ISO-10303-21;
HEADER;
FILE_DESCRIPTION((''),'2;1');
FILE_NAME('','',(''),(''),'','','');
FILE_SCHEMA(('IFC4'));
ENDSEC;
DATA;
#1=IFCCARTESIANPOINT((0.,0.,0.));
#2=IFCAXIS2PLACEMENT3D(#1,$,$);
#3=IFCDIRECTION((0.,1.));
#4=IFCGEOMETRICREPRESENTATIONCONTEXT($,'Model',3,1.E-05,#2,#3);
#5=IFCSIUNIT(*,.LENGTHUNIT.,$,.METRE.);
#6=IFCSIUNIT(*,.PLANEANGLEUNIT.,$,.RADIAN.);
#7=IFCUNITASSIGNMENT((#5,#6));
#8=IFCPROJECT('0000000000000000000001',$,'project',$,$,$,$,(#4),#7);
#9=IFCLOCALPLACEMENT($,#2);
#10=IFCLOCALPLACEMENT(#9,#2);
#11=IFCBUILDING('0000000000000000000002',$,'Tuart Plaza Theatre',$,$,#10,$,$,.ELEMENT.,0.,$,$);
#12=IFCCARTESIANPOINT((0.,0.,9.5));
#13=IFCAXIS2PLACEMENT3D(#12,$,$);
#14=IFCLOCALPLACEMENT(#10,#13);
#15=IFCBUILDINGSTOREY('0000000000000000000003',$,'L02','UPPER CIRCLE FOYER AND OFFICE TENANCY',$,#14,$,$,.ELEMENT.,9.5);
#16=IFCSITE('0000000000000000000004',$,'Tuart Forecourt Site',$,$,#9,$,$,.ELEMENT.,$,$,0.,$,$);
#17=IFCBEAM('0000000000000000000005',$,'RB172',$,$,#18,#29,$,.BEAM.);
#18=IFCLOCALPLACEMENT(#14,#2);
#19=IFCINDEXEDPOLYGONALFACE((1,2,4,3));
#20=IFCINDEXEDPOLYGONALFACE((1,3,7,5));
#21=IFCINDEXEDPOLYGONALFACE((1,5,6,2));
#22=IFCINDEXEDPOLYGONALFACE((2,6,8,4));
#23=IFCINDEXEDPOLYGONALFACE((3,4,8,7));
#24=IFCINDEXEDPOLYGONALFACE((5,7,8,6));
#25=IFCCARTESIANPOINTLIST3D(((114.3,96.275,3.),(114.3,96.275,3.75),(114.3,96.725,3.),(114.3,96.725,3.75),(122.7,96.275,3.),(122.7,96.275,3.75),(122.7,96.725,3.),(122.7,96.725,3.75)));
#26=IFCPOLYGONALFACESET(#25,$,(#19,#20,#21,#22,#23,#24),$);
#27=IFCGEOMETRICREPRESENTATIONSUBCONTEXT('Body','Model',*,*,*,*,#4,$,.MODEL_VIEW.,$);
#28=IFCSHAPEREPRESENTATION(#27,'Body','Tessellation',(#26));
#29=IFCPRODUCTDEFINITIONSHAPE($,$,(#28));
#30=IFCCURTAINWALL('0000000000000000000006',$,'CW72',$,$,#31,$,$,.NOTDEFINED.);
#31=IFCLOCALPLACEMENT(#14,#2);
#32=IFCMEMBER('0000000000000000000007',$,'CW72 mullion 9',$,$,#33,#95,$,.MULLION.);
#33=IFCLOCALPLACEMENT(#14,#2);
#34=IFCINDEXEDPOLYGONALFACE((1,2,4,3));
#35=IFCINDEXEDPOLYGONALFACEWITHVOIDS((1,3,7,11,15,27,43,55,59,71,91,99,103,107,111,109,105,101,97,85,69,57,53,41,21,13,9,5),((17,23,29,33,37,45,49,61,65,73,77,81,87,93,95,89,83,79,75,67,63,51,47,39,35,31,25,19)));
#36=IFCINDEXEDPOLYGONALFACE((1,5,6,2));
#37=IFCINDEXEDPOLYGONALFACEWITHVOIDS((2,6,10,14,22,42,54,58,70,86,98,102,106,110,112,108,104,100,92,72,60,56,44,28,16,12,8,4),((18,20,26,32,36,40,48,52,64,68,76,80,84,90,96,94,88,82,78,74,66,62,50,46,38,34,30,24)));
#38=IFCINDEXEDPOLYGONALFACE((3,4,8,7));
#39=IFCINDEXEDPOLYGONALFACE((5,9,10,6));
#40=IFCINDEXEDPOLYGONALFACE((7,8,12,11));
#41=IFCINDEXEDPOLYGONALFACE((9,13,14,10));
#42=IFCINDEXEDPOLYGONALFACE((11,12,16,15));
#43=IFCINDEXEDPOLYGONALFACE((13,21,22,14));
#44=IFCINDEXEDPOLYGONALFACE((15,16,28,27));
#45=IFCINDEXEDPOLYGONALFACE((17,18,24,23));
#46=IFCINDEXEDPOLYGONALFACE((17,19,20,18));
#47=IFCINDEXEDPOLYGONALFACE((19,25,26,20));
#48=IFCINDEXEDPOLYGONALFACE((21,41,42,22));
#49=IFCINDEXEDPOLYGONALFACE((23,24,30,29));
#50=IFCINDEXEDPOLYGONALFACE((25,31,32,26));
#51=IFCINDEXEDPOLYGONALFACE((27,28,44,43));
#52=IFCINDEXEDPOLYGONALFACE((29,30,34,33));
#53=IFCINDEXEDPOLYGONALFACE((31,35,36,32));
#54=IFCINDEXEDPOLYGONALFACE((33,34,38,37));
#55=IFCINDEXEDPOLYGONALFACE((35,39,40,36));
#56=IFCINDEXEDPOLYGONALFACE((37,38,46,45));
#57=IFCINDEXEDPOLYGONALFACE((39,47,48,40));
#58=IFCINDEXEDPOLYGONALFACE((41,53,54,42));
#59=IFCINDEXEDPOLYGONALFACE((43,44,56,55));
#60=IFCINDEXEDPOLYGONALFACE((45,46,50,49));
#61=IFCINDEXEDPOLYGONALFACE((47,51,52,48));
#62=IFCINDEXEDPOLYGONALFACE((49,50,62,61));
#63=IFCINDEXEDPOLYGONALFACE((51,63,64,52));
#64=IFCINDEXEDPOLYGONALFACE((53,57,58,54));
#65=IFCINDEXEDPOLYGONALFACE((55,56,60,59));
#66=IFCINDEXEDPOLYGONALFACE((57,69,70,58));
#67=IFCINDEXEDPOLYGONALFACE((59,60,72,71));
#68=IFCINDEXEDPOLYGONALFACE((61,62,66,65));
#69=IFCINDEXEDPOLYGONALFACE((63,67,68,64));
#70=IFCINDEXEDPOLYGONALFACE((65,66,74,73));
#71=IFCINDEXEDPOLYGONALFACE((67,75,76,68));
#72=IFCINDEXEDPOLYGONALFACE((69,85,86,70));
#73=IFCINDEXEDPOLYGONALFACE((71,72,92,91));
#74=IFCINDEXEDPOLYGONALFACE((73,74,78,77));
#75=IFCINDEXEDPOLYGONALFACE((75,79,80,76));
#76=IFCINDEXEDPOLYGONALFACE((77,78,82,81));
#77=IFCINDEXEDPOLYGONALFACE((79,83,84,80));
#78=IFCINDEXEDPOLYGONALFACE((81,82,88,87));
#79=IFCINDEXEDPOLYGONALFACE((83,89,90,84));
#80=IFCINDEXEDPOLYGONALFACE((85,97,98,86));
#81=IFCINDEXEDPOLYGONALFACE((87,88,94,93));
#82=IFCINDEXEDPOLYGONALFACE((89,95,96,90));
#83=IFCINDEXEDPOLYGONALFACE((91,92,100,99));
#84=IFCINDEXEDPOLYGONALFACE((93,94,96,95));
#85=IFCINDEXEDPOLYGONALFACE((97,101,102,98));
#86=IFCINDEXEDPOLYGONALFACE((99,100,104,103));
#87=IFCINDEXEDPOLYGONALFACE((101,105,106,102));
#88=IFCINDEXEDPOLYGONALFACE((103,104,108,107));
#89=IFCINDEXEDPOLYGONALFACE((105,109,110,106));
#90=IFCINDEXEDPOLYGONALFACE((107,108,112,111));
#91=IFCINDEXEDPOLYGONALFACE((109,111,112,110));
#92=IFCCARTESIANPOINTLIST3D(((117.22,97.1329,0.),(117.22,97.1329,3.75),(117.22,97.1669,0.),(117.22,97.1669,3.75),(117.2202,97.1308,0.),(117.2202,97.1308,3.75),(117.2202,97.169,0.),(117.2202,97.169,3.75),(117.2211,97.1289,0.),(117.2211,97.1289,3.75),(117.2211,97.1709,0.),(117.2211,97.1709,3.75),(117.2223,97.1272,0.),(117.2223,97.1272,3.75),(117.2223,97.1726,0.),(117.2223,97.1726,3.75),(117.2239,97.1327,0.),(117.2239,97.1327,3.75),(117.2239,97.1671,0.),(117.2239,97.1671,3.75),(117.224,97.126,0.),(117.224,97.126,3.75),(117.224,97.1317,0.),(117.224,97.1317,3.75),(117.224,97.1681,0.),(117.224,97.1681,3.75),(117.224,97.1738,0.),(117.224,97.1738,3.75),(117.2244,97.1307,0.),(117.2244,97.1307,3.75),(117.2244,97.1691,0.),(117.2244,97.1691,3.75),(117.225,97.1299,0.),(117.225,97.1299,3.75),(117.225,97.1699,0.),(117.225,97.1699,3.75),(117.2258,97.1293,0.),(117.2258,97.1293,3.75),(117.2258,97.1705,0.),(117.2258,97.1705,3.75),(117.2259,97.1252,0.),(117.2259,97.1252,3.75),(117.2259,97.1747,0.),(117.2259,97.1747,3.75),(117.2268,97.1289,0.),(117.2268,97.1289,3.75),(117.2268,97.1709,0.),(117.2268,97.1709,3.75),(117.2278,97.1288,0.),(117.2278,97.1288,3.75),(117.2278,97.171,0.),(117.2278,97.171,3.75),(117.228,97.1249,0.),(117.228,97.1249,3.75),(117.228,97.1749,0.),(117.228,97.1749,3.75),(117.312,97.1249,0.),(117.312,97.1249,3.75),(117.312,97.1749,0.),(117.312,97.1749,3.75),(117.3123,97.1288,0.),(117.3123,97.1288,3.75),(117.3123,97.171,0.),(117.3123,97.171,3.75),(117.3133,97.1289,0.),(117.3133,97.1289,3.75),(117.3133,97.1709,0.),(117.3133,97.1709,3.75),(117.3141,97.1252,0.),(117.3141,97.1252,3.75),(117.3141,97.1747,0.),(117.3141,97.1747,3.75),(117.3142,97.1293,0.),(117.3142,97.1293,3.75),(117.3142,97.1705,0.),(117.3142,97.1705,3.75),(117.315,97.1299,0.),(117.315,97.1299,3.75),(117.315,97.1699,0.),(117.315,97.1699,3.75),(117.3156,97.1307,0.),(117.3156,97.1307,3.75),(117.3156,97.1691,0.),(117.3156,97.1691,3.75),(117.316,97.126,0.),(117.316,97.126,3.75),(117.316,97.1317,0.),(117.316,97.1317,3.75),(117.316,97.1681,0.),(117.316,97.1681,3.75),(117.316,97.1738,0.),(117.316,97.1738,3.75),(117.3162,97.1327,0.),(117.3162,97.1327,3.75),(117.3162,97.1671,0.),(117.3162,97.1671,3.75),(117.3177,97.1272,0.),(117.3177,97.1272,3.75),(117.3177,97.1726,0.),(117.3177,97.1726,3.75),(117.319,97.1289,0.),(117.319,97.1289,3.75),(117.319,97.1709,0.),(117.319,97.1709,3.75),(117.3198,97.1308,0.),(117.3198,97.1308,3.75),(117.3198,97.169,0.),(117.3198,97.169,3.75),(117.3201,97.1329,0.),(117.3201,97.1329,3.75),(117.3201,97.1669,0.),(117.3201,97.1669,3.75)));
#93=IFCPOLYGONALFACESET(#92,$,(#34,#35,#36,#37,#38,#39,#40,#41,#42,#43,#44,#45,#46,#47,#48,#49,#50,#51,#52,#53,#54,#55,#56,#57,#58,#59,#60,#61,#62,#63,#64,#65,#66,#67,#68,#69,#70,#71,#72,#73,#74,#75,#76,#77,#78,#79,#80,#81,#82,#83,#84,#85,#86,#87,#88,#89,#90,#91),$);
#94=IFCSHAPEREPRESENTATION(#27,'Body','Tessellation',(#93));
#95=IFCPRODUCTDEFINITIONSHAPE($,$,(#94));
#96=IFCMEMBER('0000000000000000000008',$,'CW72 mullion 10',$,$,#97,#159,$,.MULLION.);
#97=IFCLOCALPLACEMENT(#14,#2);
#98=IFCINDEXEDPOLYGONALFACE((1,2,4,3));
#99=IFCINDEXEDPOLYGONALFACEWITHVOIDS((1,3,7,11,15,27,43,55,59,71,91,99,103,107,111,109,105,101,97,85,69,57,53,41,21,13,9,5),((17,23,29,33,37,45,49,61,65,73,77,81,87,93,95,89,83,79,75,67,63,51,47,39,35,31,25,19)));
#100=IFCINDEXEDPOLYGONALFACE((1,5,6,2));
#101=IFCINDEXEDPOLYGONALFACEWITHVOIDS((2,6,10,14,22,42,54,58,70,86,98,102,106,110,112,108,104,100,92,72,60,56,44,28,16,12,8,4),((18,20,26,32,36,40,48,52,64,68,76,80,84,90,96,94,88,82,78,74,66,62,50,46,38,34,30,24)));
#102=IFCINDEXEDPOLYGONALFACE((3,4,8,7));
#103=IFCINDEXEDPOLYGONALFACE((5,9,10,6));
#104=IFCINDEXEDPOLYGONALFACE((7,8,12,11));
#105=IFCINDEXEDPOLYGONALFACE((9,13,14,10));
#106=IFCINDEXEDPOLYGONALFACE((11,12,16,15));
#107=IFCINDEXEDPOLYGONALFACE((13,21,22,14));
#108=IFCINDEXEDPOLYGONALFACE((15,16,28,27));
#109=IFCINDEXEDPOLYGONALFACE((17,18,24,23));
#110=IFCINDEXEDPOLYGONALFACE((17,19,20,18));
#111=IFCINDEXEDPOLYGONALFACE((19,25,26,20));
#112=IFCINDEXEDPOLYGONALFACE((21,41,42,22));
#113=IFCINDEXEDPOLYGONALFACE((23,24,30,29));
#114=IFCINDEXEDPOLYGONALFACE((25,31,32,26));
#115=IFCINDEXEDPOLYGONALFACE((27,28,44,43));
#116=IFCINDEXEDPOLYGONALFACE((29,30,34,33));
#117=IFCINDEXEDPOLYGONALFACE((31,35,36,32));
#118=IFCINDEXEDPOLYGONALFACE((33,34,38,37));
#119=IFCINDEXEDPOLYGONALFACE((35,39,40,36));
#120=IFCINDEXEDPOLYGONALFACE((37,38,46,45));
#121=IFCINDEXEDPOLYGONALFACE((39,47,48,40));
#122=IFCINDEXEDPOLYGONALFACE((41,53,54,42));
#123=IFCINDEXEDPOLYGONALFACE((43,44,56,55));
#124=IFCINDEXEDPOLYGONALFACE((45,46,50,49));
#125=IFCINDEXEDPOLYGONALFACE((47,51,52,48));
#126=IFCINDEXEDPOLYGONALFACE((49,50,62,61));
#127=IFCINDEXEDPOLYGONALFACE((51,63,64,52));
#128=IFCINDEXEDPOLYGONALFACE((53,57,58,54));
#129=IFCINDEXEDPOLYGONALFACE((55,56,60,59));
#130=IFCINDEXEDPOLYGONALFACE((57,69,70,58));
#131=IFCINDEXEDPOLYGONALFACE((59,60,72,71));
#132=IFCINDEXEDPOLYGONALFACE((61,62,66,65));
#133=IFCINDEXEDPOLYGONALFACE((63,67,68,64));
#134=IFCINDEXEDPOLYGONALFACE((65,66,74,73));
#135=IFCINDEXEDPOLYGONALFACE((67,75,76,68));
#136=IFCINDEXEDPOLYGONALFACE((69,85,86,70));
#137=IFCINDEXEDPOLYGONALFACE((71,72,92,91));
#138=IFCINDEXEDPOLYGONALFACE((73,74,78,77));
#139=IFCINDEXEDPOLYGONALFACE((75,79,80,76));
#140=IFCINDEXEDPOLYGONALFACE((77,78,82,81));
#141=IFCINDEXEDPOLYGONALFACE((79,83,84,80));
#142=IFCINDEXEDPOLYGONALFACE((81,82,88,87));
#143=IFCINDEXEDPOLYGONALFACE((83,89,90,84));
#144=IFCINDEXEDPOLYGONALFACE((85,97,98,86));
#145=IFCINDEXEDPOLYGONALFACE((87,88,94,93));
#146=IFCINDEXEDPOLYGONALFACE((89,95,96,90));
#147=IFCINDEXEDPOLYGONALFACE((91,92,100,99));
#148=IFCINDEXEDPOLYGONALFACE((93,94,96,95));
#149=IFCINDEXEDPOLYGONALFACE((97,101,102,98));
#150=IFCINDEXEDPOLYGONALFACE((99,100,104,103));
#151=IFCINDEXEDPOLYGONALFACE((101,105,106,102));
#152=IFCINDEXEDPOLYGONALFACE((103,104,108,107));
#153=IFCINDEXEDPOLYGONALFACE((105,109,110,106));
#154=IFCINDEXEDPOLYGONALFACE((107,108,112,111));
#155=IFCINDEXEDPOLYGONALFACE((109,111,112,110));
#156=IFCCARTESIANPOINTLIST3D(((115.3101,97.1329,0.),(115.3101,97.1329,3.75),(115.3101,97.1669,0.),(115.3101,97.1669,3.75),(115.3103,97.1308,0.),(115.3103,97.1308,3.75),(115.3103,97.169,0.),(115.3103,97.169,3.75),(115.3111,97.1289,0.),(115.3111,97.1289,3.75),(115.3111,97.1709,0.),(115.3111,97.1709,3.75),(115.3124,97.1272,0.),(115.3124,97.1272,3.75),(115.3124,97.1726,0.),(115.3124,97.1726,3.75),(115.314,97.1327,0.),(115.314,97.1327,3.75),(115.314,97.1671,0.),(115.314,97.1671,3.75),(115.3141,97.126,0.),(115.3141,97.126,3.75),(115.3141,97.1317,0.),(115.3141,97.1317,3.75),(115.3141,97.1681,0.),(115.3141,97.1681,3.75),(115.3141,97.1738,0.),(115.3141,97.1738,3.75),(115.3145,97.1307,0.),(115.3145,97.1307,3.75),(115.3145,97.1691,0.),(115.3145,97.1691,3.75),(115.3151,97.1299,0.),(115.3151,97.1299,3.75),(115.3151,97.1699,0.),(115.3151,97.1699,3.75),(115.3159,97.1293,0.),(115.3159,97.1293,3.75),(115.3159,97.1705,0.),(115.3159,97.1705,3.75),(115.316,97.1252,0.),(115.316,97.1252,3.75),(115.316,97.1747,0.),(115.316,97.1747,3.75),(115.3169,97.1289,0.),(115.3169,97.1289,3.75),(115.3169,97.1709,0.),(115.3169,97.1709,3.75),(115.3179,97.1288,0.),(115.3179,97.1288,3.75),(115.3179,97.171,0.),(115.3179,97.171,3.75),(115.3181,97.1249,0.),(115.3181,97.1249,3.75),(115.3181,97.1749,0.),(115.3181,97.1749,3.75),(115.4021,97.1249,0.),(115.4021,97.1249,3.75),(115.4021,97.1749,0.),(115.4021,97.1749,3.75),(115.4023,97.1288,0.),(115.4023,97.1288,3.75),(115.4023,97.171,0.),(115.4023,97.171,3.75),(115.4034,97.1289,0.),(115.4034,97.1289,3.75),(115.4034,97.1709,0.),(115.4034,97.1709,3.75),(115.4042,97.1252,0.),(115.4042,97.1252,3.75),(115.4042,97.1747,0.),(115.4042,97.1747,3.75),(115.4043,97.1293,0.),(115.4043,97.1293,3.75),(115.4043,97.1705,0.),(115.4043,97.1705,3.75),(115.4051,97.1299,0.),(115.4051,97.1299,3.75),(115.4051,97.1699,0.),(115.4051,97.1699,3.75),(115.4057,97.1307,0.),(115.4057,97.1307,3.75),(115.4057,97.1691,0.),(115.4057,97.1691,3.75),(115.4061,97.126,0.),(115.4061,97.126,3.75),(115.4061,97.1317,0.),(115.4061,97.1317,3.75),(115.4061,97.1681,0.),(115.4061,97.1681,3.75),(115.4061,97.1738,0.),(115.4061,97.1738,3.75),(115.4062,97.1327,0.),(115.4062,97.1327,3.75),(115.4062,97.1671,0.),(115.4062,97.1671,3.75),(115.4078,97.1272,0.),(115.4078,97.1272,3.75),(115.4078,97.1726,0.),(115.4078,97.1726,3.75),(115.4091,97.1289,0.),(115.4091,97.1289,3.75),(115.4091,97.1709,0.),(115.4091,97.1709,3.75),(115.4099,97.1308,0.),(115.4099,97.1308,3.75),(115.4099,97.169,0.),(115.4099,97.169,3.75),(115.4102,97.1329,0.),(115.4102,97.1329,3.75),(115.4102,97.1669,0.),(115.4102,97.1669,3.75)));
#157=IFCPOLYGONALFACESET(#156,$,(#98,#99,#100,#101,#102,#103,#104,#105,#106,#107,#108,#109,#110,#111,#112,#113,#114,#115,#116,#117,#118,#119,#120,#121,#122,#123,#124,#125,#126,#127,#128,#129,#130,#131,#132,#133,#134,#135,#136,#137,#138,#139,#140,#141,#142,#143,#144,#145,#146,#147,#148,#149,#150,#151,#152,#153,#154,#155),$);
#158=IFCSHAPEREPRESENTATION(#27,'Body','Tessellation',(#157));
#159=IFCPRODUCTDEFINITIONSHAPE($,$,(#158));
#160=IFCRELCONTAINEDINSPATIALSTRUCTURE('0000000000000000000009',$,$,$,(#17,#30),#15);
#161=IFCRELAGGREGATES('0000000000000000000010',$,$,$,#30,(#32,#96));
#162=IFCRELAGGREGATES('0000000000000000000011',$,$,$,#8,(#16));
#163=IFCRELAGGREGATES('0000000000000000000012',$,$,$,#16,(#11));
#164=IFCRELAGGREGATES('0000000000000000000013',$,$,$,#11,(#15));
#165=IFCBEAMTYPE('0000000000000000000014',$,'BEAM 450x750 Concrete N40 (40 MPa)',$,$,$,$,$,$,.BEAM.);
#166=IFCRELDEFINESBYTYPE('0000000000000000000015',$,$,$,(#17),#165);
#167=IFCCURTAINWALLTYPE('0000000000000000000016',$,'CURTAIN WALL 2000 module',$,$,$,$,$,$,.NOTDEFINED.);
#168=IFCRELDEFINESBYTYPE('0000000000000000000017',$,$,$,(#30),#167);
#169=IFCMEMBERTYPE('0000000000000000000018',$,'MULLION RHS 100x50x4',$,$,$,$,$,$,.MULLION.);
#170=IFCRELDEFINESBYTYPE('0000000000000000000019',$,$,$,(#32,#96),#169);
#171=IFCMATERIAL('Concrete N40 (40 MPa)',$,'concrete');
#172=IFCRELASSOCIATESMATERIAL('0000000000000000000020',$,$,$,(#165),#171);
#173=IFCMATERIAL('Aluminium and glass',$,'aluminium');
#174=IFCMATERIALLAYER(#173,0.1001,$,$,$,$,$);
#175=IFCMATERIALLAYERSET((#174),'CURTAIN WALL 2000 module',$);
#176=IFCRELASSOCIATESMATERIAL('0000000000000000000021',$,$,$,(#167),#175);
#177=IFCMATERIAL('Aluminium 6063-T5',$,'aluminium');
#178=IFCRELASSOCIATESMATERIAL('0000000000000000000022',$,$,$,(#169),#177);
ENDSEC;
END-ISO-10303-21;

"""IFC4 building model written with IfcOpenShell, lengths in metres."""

from ifc_helpers import new_model, si_unit, direction, frame, origin, origin_2d, place, context, subcontext, project, spatial, rectangle, hollow_rectangle, extrude, material, layer, layer_set, material_profile, profile_set, type_object, element, aggregate, save


model = new_model("IFC4")

# Units and contexts
model_context = context("Model", 3, precision=1e-05, world=origin(), true_north=direction((0.0, 1.0)))
body_context = subcontext(model_context, "Body", "Model", "MODEL_VIEW")
ifc_project = project(units=[si_unit("LENGTHUNIT", "METRE"), si_unit("PLANEANGLEUNIT", "RADIAN")], contexts=[model_context])

# Site, building, storey
site_placement = place(None, origin())
site = spatial("IfcSite", under=ifc_project, at=site_placement, Name="Tuart Forecourt Site", CompositionType="ELEMENT", RefElevation=0.0)
building_placement = place(site_placement, origin())
building = spatial("IfcBuilding", under=site, at=building_placement, Name="Tuart Plaza Theatre", CompositionType="ELEMENT", ElevationOfRefHeight=0.0)
storey_placement = place(building_placement, frame((0.0, 0.0, 9.5)))
storey = spatial("IfcBuildingStorey", under=building, at=storey_placement, Name="L02", Description="UPPER CIRCLE FOYER AND OFFICE TENANCY", CompositionType="ELEMENT", Elevation=9.5)

# Beam
ifc_material_1 = material(Name="Concrete N40 (40 MPa)", Category="concrete")
ifc_material_profile_1 = material_profile(ifc_material_1, rectangle(XDim=0.45, YDim=0.75, at=origin_2d()), Name="BEAM 450x750 Concrete N40 (40 MPa)")
ifc_profile_set_1 = profile_set([ifc_material_profile_1], Name="Concrete N40 (40 MPa)")
beam_type = type_object("IfcBeamType", Name="BEAM 450x750 Concrete N40 (40 MPa)", PredefinedType="BEAM", material=ifc_profile_set_1)
beam_placement = place(storey_placement, frame((114.3, 96.5, 3.375), z_axis=(1.0, 0.0, 0.0), x_axis=(0.0, 1.0, 0.0)))
element("IfcBeam", 1, at=beam_placement, inside=storey, type_object=beam_type, Name="RB172", PredefinedType="BEAM", context=body_context, shape_type="SweptSolid", body=[
    extrude(rectangle(XDim=0.45, YDim=0.75, at=origin_2d()), origin(), (0.0, 0.0, 1.0), 8.3999),
])

# Curtain wall, members
ifc_material_2 = material(Name="Aluminium and glass", Category="aluminium")
ifc_layer_1 = layer(ifc_material_2, 0.1001)
ifc_layer_set_1 = layer_set([ifc_layer_1], Name="CURTAIN WALL 2000 module")
curtain_wall_type = type_object("IfcCurtainWallType", Name="CURTAIN WALL 2000 module", PredefinedType="NOTDEFINED", material=ifc_layer_set_1)
curtain_wall_1_placement = place(storey_placement, origin())
curtain_wall_1 = element("IfcCurtainWall", 2, at=curtain_wall_1_placement, inside=storey, type_object=curtain_wall_type, Name="CW72", PredefinedType="NOTDEFINED")
ifc_material_3 = material(Name="Aluminium 6063-T5", Category="aluminium")
ifc_material_profile_2 = material_profile(ifc_material_3, hollow_rectangle(XDim=0.05, YDim=0.1001, WallThickness=0.0039, InnerFilletRadius=0.0039, OuterFilletRadius=0.0081, at=origin_2d()), Name="RHS 100x50x4")
ifc_profile_set_2 = profile_set([ifc_material_profile_2], Name="Aluminium 6063-T5")
member_type_1 = type_object("IfcMemberType", Name="MULLION RHS 100x50x4", PredefinedType="MULLION", material=ifc_profile_set_2)
member_1_placement = place(storey_placement, frame((117.27, 97.1499, 0.0), z_axis=(0.0, 0.0, 1.0), x_axis=(0.0, -1.0, 0.0)))
member_1 = element("IfcMember", 3, at=member_1_placement, type_object=member_type_1, Name="CW72 mullion 9", PredefinedType="MULLION", context=body_context, shape_type="SweptSolid", body=[
    extrude(hollow_rectangle(XDim=0.05, YDim=0.1001, WallThickness=0.0039, InnerFilletRadius=0.0039, OuterFilletRadius=0.0081, at=origin_2d()), origin(), (0.0, 0.0, 1.0), 3.75),
])
member_2_placement = place(storey_placement, frame((115.3601, 97.1499, 0.0), z_axis=(0.0, 0.0, 1.0), x_axis=(0.0, -1.0, 0.0)))
member_2 = element("IfcMember", 4, at=member_2_placement, type_object=member_type_1, Name="CW72 mullion 10", PredefinedType="MULLION", context=body_context, shape_type="SweptSolid", body=[
    extrude(hollow_rectangle(XDim=0.05, YDim=0.1001, WallThickness=0.0039, InnerFilletRadius=0.0039, OuterFilletRadius=0.0081, at=origin_2d()), origin(), (0.0, 0.0, 1.0), 3.75),
])

aggregate(curtain_wall_1, [member_1, member_2])

save(model, "model.ifc")
